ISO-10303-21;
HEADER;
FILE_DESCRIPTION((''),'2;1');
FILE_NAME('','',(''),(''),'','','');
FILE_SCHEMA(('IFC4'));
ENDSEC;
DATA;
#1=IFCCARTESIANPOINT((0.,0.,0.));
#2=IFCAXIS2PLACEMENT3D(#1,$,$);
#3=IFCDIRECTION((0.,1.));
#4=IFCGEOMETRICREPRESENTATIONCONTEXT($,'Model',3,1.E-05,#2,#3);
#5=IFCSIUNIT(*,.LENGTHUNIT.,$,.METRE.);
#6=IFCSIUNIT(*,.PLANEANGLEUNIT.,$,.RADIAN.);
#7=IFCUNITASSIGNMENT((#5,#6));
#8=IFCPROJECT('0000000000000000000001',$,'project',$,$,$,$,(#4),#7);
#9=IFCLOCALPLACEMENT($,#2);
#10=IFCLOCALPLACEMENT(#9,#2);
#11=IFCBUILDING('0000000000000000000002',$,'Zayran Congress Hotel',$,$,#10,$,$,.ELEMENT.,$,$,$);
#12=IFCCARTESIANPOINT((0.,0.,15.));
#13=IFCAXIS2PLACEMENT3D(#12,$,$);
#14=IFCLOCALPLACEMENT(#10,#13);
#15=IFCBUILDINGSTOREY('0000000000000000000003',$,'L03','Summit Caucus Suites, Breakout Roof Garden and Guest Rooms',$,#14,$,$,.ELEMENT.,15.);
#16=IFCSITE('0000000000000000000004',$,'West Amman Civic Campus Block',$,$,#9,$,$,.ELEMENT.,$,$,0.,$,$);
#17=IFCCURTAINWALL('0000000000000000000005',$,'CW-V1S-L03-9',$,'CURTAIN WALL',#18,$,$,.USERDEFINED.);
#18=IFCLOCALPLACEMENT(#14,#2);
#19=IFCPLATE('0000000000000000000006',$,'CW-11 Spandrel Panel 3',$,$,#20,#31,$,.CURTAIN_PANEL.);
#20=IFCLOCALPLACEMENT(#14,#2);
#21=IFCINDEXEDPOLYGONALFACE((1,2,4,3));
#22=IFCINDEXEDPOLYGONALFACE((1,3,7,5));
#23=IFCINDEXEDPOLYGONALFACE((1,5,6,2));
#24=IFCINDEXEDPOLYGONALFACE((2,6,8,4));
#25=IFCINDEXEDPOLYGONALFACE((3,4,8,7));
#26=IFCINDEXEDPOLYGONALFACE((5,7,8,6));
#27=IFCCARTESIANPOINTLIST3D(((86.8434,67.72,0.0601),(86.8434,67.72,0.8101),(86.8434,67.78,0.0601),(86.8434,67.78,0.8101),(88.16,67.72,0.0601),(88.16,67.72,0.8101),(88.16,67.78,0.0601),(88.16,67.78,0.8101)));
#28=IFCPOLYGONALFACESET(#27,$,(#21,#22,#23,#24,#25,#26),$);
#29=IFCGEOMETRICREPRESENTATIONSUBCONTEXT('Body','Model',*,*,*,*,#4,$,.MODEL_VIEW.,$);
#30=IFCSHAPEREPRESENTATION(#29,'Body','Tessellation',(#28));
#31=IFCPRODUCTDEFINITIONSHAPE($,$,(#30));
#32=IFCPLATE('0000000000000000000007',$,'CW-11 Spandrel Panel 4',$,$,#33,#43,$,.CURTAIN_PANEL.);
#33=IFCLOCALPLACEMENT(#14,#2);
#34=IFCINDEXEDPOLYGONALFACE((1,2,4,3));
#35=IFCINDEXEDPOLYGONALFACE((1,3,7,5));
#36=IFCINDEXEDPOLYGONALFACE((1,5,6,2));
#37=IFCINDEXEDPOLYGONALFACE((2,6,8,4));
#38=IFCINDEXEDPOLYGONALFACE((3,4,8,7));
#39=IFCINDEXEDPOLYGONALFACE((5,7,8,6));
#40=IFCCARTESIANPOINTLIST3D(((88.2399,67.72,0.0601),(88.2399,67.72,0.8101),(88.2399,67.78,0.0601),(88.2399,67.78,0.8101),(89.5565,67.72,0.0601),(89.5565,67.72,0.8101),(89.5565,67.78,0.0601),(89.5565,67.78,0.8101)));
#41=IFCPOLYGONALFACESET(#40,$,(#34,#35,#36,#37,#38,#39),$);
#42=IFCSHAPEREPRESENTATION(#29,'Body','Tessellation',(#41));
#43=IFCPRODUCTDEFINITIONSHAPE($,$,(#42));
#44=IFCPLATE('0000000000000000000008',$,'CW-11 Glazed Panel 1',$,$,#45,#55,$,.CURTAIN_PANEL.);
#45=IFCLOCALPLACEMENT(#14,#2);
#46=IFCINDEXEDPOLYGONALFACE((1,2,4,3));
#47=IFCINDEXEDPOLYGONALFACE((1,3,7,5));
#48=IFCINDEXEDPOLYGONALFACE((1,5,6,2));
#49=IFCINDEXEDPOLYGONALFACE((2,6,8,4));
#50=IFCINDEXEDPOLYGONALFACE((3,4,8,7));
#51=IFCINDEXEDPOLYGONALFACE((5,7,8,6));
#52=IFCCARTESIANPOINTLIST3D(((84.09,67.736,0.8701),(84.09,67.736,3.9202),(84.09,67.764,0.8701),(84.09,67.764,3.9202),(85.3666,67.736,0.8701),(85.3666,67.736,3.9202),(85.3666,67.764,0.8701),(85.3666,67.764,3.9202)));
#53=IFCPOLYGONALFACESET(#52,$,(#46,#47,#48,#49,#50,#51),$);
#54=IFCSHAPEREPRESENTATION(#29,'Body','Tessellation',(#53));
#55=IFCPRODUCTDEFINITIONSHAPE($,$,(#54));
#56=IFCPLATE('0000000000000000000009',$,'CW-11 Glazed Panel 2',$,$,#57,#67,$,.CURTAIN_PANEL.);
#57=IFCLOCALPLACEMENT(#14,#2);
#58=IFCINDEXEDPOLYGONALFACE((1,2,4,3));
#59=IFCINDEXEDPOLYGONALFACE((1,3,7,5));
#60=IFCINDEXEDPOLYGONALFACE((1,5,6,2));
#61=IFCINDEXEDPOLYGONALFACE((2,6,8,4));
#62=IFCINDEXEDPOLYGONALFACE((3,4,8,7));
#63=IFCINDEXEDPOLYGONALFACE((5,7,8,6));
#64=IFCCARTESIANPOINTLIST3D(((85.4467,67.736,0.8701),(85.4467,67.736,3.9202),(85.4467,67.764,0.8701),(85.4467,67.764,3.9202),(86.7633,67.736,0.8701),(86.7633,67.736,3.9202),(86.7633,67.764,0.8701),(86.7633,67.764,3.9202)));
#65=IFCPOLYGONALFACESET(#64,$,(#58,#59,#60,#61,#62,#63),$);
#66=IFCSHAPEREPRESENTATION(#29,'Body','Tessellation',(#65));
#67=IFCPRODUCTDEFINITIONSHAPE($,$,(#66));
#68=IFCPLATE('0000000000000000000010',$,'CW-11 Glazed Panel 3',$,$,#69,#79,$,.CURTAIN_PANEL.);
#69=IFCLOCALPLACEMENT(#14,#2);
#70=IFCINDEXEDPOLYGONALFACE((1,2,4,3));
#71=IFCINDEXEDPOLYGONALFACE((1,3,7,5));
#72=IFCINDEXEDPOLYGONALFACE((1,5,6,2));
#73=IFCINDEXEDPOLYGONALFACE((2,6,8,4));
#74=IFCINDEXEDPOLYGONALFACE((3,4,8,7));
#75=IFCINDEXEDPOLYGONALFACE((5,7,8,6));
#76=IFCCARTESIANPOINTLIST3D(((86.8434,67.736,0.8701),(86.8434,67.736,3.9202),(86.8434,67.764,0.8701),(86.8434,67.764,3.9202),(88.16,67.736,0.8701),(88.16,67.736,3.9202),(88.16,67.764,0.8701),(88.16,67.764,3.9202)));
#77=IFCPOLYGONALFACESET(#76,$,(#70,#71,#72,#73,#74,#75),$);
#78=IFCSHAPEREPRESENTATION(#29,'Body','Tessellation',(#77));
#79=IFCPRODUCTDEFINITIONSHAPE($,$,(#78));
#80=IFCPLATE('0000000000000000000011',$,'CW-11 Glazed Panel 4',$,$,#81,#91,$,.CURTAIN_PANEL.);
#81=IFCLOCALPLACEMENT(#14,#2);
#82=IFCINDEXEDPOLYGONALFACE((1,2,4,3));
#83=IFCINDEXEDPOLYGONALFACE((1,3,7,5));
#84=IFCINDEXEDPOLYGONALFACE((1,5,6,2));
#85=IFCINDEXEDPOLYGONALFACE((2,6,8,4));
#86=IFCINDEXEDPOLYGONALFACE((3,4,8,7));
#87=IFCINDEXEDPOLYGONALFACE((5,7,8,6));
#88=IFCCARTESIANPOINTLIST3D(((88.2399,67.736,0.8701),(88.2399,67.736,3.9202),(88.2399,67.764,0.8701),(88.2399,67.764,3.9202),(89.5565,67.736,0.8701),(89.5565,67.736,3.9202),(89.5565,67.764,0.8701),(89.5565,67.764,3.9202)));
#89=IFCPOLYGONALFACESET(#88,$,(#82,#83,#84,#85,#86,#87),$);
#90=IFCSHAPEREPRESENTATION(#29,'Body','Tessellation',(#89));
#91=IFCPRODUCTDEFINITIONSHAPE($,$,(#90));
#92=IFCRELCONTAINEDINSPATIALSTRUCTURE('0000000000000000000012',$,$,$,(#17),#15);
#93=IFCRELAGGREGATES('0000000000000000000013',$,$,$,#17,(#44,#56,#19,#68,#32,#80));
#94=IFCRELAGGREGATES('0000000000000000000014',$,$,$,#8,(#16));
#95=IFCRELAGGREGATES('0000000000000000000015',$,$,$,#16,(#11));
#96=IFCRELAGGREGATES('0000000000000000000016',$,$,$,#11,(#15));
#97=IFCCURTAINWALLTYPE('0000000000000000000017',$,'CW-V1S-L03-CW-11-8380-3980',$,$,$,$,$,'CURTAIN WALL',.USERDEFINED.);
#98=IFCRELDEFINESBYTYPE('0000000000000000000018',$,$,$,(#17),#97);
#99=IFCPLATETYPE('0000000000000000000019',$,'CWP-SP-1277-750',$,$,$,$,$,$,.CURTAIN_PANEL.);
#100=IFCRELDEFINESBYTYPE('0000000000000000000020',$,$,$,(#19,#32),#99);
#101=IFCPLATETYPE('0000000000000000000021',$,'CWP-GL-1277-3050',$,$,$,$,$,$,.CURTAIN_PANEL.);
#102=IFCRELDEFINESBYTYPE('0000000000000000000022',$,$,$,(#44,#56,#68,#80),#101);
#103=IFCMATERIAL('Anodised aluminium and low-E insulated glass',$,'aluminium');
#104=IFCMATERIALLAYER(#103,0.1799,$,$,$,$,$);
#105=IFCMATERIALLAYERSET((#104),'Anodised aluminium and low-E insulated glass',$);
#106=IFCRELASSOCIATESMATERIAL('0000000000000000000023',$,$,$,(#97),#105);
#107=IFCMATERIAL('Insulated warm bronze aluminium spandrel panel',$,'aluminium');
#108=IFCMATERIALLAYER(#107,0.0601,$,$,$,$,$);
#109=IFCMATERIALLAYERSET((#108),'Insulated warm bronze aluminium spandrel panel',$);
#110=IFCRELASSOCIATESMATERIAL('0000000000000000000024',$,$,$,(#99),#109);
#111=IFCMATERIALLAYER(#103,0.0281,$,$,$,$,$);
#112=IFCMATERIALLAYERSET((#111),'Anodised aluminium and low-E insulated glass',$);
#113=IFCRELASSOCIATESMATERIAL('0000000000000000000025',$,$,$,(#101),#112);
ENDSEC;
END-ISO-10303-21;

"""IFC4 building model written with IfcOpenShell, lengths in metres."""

from ifc_helpers import new_model, si_unit, direction, frame, origin, origin_2d, place, context, subcontext, project, spatial, rectangle, extrude, material, layer, layer_set, type_object, element, aggregate, save


model = new_model("IFC4")

# Units and contexts
model_context = context("Model", 3, precision=1e-05, world=origin(), true_north=direction((0.0, 1.0)))
body_context = subcontext(model_context, "Body", "Model", "MODEL_VIEW")
ifc_project = project(units=[si_unit("LENGTHUNIT", "METRE"), si_unit("PLANEANGLEUNIT", "RADIAN")], contexts=[model_context])

# Site, building, storey
site_placement = place(None, origin())
site = spatial("IfcSite", under=ifc_project, at=site_placement, Name="West Amman Civic Campus Block", CompositionType="ELEMENT", RefElevation=0.0)
building_placement = place(site_placement, origin())
building = spatial("IfcBuilding", under=site, at=building_placement, Name="Zayran Congress Hotel", CompositionType="ELEMENT")
storey_placement = place(building_placement, frame((0.0, 0.0, 15.0)))
storey = spatial("IfcBuildingStorey", under=building, at=storey_placement, Name="L03", Description="Summit Caucus Suites, Breakout Roof Garden and Guest Rooms", CompositionType="ELEMENT", Elevation=15.0)

# Curtain wall, plates
ifc_material_1 = material(Name="Anodised aluminium and low-E insulated glass", Category="aluminium")
ifc_layer_1 = layer(ifc_material_1, 0.1799)
ifc_layer_set_1 = layer_set([ifc_layer_1], Name="Anodised aluminium and low-E insulated glass")
curtain_wall_type = type_object("IfcCurtainWallType", Name="CW-V1S-L03-CW-11-8380-3980", ElementType="CURTAIN WALL", PredefinedType="USERDEFINED", material=ifc_layer_set_1)
curtain_wall_placement = place(storey_placement, origin())
curtain_wall = element("IfcCurtainWall", 1, at=curtain_wall_placement, inside=storey, type_object=curtain_wall_type, Name="CW-V1S-L03-9", ObjectType="CURTAIN WALL", PredefinedType="USERDEFINED")
ifc_material_2 = material(Name="Insulated warm bronze aluminium spandrel panel", Category="aluminium")
ifc_layer_2 = layer(ifc_material_2, 0.0601)
ifc_layer_set_2 = layer_set([ifc_layer_2], Name="Insulated warm bronze aluminium spandrel panel")
plate_type_1 = type_object("IfcPlateType", Name="CWP-SP-1277-750", PredefinedType="CURTAIN_PANEL", material=ifc_layer_set_2)
plate_1_placement = place(storey_placement, frame((87.5017, 67.75, 0.0601), z_axis=(0.0, 0.0, 1.0), x_axis=(1.0, 0.0, 0.0)))
plate_1 = element("IfcPlate", 2, at=plate_1_placement, type_object=plate_type_1, Name="CW-11 Spandrel Panel 3", PredefinedType="CURTAIN_PANEL", context=body_context, shape_type="SweptSolid", body=[
    extrude(rectangle(XDim=1.3167, YDim=0.0601, at=origin_2d()), origin(), (0.0, 0.0, 1.0), 0.75),
])
plate_2_placement = place(storey_placement, frame((88.8982, 67.75, 0.0601), z_axis=(0.0, 0.0, 1.0), x_axis=(1.0, 0.0, 0.0)))
plate_2 = element("IfcPlate", 3, at=plate_2_placement, type_object=plate_type_1, Name="CW-11 Spandrel Panel 4", PredefinedType="CURTAIN_PANEL", context=body_context, shape_type="SweptSolid", body=[
    extrude(rectangle(XDim=1.3167, YDim=0.0601, at=origin_2d()), origin(), (0.0, 0.0, 1.0), 0.75),
])
ifc_layer_3 = layer(ifc_material_1, 0.0281)
ifc_layer_set_3 = layer_set([ifc_layer_3], Name="Anodised aluminium and low-E insulated glass")
plate_type_2 = type_object("IfcPlateType", Name="CWP-GL-1277-3050", PredefinedType="CURTAIN_PANEL", material=ifc_layer_set_3)
plate_3_placement = place(storey_placement, frame((84.7283, 67.75, 0.8701), z_axis=(0.0, 0.0, 1.0), x_axis=(1.0, 0.0, 0.0)))
plate_3 = element("IfcPlate", 4, at=plate_3_placement, type_object=plate_type_2, Name="CW-11 Glazed Panel 1", PredefinedType="CURTAIN_PANEL", context=body_context, shape_type="SweptSolid", body=[
    extrude(rectangle(XDim=1.2766, YDim=0.0281, at=origin_2d()), origin(), (0.0, 0.0, 1.0), 3.05),
])
plate_4_placement = place(storey_placement, frame((86.105, 67.75, 0.8701), z_axis=(0.0, 0.0, 1.0), x_axis=(1.0, 0.0, 0.0)))
plate_4 = element("IfcPlate", 5, at=plate_4_placement, type_object=plate_type_2, Name="CW-11 Glazed Panel 2", PredefinedType="CURTAIN_PANEL", context=body_context, shape_type="SweptSolid", body=[
    extrude(rectangle(XDim=1.3167, YDim=0.0281, at=origin_2d()), origin(), (0.0, 0.0, 1.0), 3.05),
])
plate_5_placement = place(storey_placement, frame((87.5017, 67.75, 0.8701), z_axis=(0.0, 0.0, 1.0), x_axis=(1.0, 0.0, 0.0)))
plate_5 = element("IfcPlate", 6, at=plate_5_placement, type_object=plate_type_2, Name="CW-11 Glazed Panel 3", PredefinedType="CURTAIN_PANEL", context=body_context, shape_type="SweptSolid", body=[
    extrude(rectangle(XDim=1.3167, YDim=0.0281, at=origin_2d()), origin(), (0.0, 0.0, 1.0), 3.05),
])
plate_6_placement = place(storey_placement, frame((88.8982, 67.75, 0.8701), z_axis=(0.0, 0.0, 1.0), x_axis=(1.0, 0.0, 0.0)))
plate_6 = element("IfcPlate", 7, at=plate_6_placement, type_object=plate_type_2, Name="CW-11 Glazed Panel 4", PredefinedType="CURTAIN_PANEL", context=body_context, shape_type="SweptSolid", body=[
    extrude(rectangle(XDim=1.3167, YDim=0.0281, at=origin_2d()), origin(), (0.0, 0.0, 1.0), 3.05),
])
aggregate(curtain_wall, [plate_3, plate_4, plate_1, plate_5, plate_2, plate_6])

save(model, "model.ifc")
